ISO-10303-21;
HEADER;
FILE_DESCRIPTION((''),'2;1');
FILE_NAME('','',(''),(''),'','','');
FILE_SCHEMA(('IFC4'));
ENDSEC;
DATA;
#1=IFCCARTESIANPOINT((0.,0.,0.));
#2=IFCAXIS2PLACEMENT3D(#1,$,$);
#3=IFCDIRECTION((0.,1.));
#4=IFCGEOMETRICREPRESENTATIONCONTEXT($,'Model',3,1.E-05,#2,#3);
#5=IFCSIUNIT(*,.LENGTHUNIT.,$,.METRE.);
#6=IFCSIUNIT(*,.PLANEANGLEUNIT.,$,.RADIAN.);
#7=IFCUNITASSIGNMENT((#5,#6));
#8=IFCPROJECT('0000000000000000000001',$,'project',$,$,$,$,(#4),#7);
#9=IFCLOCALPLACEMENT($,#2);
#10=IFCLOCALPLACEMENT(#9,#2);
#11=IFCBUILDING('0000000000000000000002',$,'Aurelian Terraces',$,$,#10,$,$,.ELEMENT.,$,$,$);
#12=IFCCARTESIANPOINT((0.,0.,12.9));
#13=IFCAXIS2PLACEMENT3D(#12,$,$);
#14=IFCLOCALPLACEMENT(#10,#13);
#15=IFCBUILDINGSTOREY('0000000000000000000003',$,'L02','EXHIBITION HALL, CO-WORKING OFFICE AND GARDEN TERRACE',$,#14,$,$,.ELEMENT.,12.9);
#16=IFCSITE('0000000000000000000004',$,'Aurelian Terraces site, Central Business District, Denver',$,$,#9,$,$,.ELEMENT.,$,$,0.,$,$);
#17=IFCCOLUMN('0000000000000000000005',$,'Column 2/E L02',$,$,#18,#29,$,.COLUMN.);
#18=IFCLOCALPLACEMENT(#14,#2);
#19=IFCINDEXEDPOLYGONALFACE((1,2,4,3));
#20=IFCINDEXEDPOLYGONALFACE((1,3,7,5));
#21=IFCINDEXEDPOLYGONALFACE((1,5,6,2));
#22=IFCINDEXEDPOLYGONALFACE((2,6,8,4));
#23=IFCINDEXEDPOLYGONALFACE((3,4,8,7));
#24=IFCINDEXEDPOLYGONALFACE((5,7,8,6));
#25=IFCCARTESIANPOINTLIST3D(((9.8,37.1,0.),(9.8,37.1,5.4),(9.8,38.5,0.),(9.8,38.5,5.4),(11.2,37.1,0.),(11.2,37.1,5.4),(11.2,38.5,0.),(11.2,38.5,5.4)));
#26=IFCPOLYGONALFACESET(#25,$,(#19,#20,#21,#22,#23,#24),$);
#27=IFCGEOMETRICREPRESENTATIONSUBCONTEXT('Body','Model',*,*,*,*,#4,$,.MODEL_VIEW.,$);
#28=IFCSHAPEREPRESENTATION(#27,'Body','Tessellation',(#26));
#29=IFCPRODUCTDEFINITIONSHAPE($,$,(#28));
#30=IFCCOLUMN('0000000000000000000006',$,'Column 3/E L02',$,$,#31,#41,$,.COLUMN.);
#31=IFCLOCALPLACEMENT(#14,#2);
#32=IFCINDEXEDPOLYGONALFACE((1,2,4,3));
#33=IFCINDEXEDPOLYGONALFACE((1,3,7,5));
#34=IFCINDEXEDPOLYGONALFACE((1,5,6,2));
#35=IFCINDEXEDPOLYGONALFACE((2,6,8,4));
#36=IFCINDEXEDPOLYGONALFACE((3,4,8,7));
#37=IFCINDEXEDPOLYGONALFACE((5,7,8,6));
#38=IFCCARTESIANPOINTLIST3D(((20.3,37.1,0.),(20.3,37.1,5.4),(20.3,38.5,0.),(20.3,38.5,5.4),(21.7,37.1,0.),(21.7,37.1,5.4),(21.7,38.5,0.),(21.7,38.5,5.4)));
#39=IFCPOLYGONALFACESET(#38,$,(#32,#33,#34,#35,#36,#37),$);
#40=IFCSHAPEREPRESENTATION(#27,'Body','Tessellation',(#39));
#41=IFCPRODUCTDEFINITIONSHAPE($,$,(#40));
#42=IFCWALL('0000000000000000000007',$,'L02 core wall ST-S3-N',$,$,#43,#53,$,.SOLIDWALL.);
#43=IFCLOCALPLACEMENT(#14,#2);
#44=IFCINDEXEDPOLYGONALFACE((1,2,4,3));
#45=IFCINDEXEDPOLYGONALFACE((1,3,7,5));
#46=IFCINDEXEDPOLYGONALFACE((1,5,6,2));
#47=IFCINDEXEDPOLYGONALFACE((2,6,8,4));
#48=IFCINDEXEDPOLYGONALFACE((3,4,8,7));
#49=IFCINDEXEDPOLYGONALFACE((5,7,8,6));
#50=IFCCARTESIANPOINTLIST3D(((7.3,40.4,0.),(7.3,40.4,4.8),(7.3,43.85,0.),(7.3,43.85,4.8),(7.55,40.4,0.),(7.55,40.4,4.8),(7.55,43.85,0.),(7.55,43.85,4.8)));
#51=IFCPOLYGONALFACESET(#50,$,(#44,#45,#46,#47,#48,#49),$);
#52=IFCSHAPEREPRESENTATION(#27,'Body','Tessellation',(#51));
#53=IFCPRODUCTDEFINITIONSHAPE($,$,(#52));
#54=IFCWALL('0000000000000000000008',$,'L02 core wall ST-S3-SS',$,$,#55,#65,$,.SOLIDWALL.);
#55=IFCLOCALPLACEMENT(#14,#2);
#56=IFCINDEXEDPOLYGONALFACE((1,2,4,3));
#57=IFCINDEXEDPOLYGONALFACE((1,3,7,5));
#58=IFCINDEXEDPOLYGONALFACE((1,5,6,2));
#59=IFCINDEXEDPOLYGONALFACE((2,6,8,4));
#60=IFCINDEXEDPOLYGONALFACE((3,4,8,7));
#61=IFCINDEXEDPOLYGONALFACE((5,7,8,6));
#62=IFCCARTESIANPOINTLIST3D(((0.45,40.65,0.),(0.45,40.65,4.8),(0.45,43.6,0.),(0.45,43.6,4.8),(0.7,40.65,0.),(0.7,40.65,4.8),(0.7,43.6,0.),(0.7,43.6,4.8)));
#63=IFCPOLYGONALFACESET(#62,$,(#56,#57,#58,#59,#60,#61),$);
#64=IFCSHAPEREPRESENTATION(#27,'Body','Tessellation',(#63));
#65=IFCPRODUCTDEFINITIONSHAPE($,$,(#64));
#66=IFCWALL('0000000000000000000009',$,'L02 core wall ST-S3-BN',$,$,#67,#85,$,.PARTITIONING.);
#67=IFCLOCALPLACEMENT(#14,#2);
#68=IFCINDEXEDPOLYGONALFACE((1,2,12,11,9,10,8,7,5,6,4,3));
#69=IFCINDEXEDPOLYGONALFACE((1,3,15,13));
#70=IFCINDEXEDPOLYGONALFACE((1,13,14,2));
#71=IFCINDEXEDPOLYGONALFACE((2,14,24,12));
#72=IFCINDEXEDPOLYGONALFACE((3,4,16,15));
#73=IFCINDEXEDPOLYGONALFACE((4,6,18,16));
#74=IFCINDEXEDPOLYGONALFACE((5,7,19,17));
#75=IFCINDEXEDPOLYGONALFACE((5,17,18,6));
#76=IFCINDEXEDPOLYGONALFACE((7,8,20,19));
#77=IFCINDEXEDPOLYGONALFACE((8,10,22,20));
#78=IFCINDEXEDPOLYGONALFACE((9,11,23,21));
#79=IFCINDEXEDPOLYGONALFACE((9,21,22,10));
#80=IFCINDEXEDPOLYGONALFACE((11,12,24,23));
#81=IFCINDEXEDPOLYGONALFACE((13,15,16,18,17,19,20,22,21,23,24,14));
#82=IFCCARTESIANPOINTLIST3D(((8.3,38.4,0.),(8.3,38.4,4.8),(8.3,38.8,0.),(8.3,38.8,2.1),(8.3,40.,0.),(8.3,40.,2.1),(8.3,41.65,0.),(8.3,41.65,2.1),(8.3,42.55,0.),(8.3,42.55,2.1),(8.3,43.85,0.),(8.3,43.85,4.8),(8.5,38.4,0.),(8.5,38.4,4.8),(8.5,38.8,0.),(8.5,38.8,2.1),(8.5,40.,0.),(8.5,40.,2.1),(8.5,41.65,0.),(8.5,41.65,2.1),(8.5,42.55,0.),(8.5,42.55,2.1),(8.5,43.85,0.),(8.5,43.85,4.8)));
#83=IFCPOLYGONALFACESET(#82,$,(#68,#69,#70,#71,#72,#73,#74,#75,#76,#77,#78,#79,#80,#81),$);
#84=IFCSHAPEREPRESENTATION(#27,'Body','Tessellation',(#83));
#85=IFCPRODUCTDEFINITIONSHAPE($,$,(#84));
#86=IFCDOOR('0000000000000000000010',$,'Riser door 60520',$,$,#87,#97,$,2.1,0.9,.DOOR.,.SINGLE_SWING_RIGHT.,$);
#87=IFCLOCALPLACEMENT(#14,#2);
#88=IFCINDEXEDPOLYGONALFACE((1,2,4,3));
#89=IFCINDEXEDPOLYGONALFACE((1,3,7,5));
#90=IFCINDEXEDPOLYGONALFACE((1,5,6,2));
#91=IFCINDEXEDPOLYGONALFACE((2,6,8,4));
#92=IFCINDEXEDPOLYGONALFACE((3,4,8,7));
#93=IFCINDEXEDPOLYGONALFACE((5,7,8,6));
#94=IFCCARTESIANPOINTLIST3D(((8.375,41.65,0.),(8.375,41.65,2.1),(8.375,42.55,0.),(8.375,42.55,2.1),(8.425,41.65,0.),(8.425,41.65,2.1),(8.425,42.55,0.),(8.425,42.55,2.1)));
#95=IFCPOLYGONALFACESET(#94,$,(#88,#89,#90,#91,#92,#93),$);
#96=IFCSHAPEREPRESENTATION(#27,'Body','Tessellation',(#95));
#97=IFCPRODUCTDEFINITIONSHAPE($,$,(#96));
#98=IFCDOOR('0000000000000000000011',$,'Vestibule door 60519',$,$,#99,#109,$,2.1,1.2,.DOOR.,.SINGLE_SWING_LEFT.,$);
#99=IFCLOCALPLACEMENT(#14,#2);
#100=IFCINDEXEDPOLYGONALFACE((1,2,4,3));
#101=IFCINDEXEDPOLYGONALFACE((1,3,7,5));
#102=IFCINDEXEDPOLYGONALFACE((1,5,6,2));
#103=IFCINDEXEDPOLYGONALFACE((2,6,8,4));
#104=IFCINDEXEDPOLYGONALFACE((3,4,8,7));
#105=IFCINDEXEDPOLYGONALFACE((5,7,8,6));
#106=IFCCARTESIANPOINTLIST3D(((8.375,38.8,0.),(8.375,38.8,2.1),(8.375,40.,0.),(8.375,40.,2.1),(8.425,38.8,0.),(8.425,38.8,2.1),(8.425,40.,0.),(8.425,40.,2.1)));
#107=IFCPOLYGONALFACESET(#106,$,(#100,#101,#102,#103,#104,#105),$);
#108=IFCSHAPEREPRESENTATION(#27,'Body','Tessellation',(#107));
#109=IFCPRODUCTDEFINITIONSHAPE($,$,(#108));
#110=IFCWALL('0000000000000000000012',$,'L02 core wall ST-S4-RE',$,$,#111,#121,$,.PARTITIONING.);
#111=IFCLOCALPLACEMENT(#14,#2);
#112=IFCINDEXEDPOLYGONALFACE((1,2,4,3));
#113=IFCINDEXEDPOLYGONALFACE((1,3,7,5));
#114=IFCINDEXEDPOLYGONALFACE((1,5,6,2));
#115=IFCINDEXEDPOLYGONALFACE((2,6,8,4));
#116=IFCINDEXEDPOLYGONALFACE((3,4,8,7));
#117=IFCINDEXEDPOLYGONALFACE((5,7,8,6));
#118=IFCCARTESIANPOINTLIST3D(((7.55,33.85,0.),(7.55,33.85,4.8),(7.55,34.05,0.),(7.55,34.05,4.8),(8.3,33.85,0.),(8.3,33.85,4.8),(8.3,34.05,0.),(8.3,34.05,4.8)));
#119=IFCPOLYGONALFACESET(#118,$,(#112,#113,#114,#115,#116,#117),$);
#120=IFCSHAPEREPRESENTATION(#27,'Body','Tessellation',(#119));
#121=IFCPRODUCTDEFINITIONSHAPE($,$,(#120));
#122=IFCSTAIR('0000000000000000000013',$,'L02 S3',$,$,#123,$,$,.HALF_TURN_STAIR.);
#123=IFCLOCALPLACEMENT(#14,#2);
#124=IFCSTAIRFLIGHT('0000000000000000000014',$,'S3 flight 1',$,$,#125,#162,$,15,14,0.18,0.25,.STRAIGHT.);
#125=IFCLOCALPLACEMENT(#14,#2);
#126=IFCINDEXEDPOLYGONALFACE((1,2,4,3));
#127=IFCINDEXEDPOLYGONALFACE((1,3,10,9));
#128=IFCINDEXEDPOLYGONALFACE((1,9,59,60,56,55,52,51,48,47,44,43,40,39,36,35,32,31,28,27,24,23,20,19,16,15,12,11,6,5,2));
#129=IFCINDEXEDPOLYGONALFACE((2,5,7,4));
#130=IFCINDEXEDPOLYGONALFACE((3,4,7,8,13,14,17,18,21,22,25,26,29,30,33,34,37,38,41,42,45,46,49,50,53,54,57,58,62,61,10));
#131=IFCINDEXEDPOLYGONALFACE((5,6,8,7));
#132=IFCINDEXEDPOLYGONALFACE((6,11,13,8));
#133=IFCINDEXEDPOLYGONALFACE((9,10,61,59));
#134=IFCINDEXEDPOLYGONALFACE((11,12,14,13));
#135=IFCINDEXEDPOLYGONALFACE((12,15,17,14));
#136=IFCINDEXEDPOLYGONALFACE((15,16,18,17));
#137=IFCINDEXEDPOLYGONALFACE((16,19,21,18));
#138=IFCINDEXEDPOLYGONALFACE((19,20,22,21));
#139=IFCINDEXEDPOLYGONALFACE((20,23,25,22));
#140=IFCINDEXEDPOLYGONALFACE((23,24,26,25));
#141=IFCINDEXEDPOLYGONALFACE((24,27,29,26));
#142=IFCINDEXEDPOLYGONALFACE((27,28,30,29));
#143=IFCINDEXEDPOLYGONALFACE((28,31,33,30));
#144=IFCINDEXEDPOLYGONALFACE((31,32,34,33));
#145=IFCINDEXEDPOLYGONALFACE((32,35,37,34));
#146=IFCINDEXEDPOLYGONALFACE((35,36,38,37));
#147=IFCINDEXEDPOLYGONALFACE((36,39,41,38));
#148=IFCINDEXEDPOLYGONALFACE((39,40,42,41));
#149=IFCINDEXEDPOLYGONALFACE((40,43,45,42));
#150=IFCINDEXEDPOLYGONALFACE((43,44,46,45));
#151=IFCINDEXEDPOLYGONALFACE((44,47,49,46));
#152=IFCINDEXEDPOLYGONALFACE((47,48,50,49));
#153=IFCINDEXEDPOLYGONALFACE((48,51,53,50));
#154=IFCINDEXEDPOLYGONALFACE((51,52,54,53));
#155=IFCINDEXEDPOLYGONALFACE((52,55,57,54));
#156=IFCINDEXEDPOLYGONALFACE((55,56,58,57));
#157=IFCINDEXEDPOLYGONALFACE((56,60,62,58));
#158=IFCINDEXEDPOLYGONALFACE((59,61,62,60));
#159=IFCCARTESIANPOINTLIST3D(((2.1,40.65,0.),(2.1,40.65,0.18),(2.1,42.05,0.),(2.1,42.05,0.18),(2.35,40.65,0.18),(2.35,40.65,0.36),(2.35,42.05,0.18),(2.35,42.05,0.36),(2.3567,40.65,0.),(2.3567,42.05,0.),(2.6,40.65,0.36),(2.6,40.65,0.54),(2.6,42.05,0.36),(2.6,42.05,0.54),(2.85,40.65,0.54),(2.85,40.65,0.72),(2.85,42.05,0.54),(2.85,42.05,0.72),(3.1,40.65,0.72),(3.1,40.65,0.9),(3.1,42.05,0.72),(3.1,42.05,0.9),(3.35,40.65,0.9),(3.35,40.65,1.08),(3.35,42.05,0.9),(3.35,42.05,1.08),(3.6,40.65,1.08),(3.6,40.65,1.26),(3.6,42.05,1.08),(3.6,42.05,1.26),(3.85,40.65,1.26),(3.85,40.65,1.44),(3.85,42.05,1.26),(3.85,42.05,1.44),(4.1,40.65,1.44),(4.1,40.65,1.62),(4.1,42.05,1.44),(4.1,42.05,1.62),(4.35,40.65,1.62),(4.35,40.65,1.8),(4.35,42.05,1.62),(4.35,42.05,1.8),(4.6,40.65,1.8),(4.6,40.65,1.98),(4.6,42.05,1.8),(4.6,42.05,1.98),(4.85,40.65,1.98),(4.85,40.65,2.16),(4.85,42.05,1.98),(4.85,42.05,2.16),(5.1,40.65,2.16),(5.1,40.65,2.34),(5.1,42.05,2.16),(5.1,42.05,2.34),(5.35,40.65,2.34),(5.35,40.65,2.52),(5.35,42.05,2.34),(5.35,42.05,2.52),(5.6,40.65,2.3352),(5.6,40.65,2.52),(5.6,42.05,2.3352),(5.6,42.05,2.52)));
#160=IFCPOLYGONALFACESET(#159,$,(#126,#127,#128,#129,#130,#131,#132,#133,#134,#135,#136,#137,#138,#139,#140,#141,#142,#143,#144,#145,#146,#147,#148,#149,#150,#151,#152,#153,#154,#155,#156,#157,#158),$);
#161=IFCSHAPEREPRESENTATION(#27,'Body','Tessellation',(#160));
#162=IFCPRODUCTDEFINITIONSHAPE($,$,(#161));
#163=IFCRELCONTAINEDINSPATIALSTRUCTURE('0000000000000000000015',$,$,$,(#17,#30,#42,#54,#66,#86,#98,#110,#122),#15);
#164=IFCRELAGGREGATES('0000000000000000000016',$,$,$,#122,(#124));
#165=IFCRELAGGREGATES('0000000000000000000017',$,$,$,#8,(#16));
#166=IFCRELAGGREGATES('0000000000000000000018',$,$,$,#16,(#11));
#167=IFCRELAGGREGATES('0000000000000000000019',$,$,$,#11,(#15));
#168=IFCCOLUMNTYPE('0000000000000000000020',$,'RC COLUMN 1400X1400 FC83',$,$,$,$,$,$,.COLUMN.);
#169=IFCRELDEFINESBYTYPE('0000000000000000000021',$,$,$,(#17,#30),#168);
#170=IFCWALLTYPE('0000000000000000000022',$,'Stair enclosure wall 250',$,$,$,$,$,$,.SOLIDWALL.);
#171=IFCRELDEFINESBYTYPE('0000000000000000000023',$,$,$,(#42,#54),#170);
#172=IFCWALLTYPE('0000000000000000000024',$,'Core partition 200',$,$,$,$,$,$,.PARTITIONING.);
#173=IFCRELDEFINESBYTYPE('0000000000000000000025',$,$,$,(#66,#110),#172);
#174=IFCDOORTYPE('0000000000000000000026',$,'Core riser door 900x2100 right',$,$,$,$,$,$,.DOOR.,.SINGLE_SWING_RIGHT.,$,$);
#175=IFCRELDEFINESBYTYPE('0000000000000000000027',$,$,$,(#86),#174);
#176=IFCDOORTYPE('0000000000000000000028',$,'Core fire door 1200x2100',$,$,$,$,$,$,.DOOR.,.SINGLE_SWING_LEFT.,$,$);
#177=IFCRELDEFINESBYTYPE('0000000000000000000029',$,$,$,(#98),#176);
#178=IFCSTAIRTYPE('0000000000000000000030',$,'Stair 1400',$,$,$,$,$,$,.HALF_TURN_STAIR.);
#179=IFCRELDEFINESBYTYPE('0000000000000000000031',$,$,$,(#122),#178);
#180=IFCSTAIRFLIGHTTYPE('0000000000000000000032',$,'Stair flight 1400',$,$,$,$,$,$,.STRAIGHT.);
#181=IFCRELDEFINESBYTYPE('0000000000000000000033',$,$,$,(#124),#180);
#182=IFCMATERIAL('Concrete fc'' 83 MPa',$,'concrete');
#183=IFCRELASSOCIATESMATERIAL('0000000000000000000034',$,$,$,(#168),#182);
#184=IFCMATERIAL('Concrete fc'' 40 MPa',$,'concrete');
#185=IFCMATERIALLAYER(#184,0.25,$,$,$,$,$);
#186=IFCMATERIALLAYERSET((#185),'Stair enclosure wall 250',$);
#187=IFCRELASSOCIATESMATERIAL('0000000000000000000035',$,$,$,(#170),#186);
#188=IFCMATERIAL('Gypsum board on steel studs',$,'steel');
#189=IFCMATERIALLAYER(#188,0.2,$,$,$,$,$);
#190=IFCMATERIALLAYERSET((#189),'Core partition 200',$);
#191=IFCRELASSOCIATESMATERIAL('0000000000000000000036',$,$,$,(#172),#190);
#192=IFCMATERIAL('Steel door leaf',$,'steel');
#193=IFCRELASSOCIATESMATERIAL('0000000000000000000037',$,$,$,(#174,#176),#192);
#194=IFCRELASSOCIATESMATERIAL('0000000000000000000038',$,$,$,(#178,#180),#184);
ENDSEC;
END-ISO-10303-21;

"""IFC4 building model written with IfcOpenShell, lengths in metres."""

from ifc_helpers import new_model, si_unit, direction, frame, frame_2d, origin, origin_2d, place, context, subcontext, project, spatial, polyline, rectangle, outline, extrude, source, transform, mapped, material, layer, layer_set, material_profile, profile_set, type_object, element, fill, aggregate, save


model = new_model("IFC4")

# Units and contexts
model_context = context("Model", 3, precision=1e-05, world=origin(), true_north=direction((0.0, 1.0)))
body_context = subcontext(model_context, "Body", "Model", "MODEL_VIEW")
ifc_project = project(units=[si_unit("LENGTHUNIT", "METRE"), si_unit("PLANEANGLEUNIT", "RADIAN")], contexts=[model_context])

# Site, building, storey
site_placement = place(None, origin())
site = spatial("IfcSite", under=ifc_project, at=site_placement, Name="Aurelian Terraces site, Central Business District, Denver", CompositionType="ELEMENT", RefElevation=0.0)
building_placement = place(site_placement, origin())
building = spatial("IfcBuilding", under=site, at=building_placement, Name="Aurelian Terraces", CompositionType="ELEMENT")
storey_placement = place(building_placement, frame((0.0, 0.0, 12.9)))
storey = spatial("IfcBuildingStorey", under=building, at=storey_placement, Name="L02", Description="EXHIBITION HALL, CO-WORKING OFFICE AND GARDEN TERRACE", CompositionType="ELEMENT", Elevation=12.9)

# Columns
ifc_material_1 = material(Name="Concrete fc' 83 MPa", Category="concrete")
ifc_material_profile = material_profile(ifc_material_1, rectangle(XDim=1.4, YDim=1.4, at=origin_2d()))
ifc_profile_set = profile_set([ifc_material_profile], Name="Concrete fc' 83 MPa")
column_type = type_object("IfcColumnType", Name="RC COLUMN 1400X1400 FC83", PredefinedType="COLUMN", material=ifc_profile_set)
shared_shape_1 = source(origin(), body_context, "Body", "SweptSolid", [
    extrude(rectangle(XDim=1.4, YDim=1.4, at=origin_2d()), origin(), (0.0, 0.0, 1.0), 5.4),
])
for number, where, z_axis, x_axis, name in (
    (1, (10.5, 37.8, 0.0), (0.0, 0.0, 1.0), (1.0, 0.0, 0.0), "Column 2/E L02"),
    (2, (21.0, 37.8, 0.0), (0.0, 0.0, 1.0), (1.0, 0.0, 0.0), "Column 3/E L02"),
):
    element("IfcColumn", number, at=place(storey_placement, frame(where, z_axis=z_axis, x_axis=x_axis)), inside=storey, type_object=column_type, Name=name, PredefinedType="COLUMN", context=body_context, shape_type="MappedRepresentation", body=[
        mapped(shared_shape_1, transform((0.0, 0.0, 0.0), scale=1.0)),
    ])

# Walls
ifc_material_2 = material(Name="Concrete fc' 40 MPa", Category="concrete")
ifc_layer_1 = layer(ifc_material_2, 0.25)
ifc_layer_set_1 = layer_set([ifc_layer_1], Name="Stair enclosure wall 250")
wall_type_1 = type_object("IfcWallType", Name="Stair enclosure wall 250", PredefinedType="SOLIDWALL", material=ifc_layer_set_1)
shared_shape_2 = source(origin(), body_context, "Body", "SweptSolid", [
    extrude(rectangle(XDim=3.45, YDim=0.25, at=frame_2d((1.725, 0.0))), origin(), (0.0, 0.0, 1.0), 4.8),
])
wall_1_placement = place(storey_placement, frame((7.425, 40.4, 0.0), z_axis=(0.0, 0.0, 1.0), x_axis=(0.0, 1.0, 0.0)))
element("IfcWall", 3, at=wall_1_placement, inside=storey, type_object=wall_type_1, Name="L02 core wall ST-S3-N", PredefinedType="SOLIDWALL", context=body_context, shape_type="MappedRepresentation", body=[
    mapped(shared_shape_2, transform((0.0, 0.0, 0.0), scale=1.0)),
])
shared_shape_3 = source(origin(), body_context, "Body", "SweptSolid", [
    extrude(rectangle(XDim=2.95, YDim=0.25, at=frame_2d((1.475, 0.0))), origin(), (0.0, 0.0, 1.0), 4.8),
])
wall_2_placement = place(storey_placement, frame((0.575, 40.65, 0.0), z_axis=(0.0, 0.0, 1.0), x_axis=(0.0, 1.0, 0.0)))
element("IfcWall", 4, at=wall_2_placement, inside=storey, type_object=wall_type_1, Name="L02 core wall ST-S3-SS", PredefinedType="SOLIDWALL", context=body_context, shape_type="MappedRepresentation", body=[
    mapped(shared_shape_3, transform((0.0, 0.0, 0.0), scale=1.0)),
])

# Wall, openings, doors
ifc_material_3 = material(Name="Gypsum board on steel studs", Category="steel")
ifc_layer_2 = layer(ifc_material_3, 0.2)
ifc_layer_set_2 = layer_set([ifc_layer_2], Name="Core partition 200")
wall_type_2 = type_object("IfcWallType", Name="Core partition 200", PredefinedType="PARTITIONING", material=ifc_layer_set_2)
shared_shape_4 = source(origin(), body_context, "Body", "SweptSolid", [
    extrude(rectangle(XDim=5.45, YDim=0.2, at=frame_2d((2.725, 0.0))), origin(), (0.0, 0.0, 1.0), 4.8),
])
wall_3_placement = place(storey_placement, frame((8.4, 38.4, 0.0), z_axis=(0.0, 0.0, 1.0), x_axis=(0.0, 1.0, 0.0)))
wall_3 = element("IfcWall", 5, at=wall_3_placement, inside=storey, type_object=wall_type_2, Name="L02 core wall ST-S3-BN", PredefinedType="PARTITIONING", context=body_context, shape_type="MappedRepresentation", body=[
    mapped(shared_shape_4, transform((0.0, 0.0, 0.0), scale=1.0)),
])
shared_shape_5 = source(origin(), body_context, "Body", "SweptSolid", [
    extrude(rectangle(XDim=1.2, YDim=2.1, at=frame_2d((0.6, 1.05))), frame((0.0, 0.11, 0.0), z_axis=(0.0, -1.0, 0.0), x_axis=(1.0, 0.0, 0.0)), (0.0, 0.0, 1.0), 0.22),
])
opening_1_placement = place(wall_3_placement, frame((0.4, 0.0, 0.0)))
opening_1 = element("IfcOpeningElement", 6, at=opening_1_placement, cuts=wall_3, PredefinedType="OPENING", context=body_context, shape_type="MappedRepresentation", body=[
    mapped(shared_shape_5, transform((0.0, 0.0, 0.0), scale=1.0)),
])
shared_shape_6 = source(origin(), body_context, "Body", "SweptSolid", [
    extrude(rectangle(XDim=0.9, YDim=2.1, at=frame_2d((0.45, 1.05))), frame((0.0, 0.11, 0.0), z_axis=(0.0, -1.0, 0.0), x_axis=(1.0, 0.0, 0.0)), (0.0, 0.0, 1.0), 0.22),
])
opening_2_placement = place(wall_3_placement, frame((3.25, 0.0, 0.0)))
opening_2 = element("IfcOpeningElement", 7, at=opening_2_placement, cuts=wall_3, PredefinedType="OPENING", context=body_context, shape_type="MappedRepresentation", body=[
    mapped(shared_shape_6, transform((0.0, 0.0, 0.0), scale=1.0)),
])
ifc_material_4 = material(Name="Steel door leaf", Category="steel")
door_type_1 = type_object("IfcDoorType", Name="Core riser door 900x2100 right", OperationType="SINGLE_SWING_RIGHT", PredefinedType="DOOR", material=ifc_material_4)
shared_shape_7 = source(origin(), body_context, "Body", "SweptSolid", [
    extrude(rectangle(XDim=0.9, YDim=2.1, at=frame_2d((0.45, 1.05))), frame((0.0, 0.025, 0.0), z_axis=(0.0, -1.0, 0.0), x_axis=(1.0, 0.0, 0.0)), (0.0, 0.0, 1.0), 0.05),
])
door_1_placement = place(opening_2_placement, origin())
door_1 = element("IfcDoor", 8, at=door_1_placement, inside=storey, type_object=door_type_1, Name="Riser door 60520", OperationType="SINGLE_SWING_RIGHT", OverallHeight=2.1, OverallWidth=0.9, PredefinedType="DOOR", context=body_context, shape_type="MappedRepresentation", body=[
    mapped(shared_shape_7, transform((0.0, 0.0, 0.0), scale=1.0)),
])
fill(opening_2, door_1)
door_type_2 = type_object("IfcDoorType", Name="Core fire door 1200x2100", OperationType="SINGLE_SWING_LEFT", PredefinedType="DOOR", material=ifc_material_4)
shared_shape_8 = source(origin(), body_context, "Body", "SweptSolid", [
    extrude(rectangle(XDim=1.2, YDim=2.1, at=frame_2d((0.6, 1.05))), frame((0.0, 0.025, 0.0), z_axis=(0.0, -1.0, 0.0), x_axis=(1.0, 0.0, 0.0)), (0.0, 0.0, 1.0), 0.05),
])
door_2_placement = place(opening_1_placement, origin())
door_2 = element("IfcDoor", 9, at=door_2_placement, inside=storey, type_object=door_type_2, Name="Vestibule door 60519", OperationType="SINGLE_SWING_LEFT", OverallHeight=2.1, OverallWidth=1.2, PredefinedType="DOOR", context=body_context, shape_type="MappedRepresentation", body=[
    mapped(shared_shape_8, transform((0.0, 0.0, 0.0), scale=1.0)),
])
fill(opening_1, door_2)

# Wall
shared_shape_9 = source(origin(), body_context, "Body", "SweptSolid", [
    extrude(rectangle(XDim=0.75, YDim=0.2, at=frame_2d((0.375, 0.0))), origin(), (0.0, 0.0, 1.0), 4.8),
])
wall_4_placement = place(storey_placement, frame((7.55, 33.95, 0.0), z_axis=(0.0, 0.0, 1.0), x_axis=(1.0, 0.0, 0.0)))
element("IfcWall", 10, at=wall_4_placement, inside=storey, type_object=wall_type_2, Name="L02 core wall ST-S4-RE", PredefinedType="PARTITIONING", context=body_context, shape_type="MappedRepresentation", body=[
    mapped(shared_shape_9, transform((0.0, 0.0, 0.0), scale=1.0)),
])

# Stair, stair flight
stair_type = type_object("IfcStairType", Name="Stair 1400", PredefinedType="HALF_TURN_STAIR", material=ifc_material_2)
stair_1_placement = place(storey_placement, origin())
stair_1 = element("IfcStair", 11, at=stair_1_placement, inside=storey, type_object=stair_type, Name="L02 S3", PredefinedType="HALF_TURN_STAIR")
stair_flight_type = type_object("IfcStairFlightType", Name="Stair flight 1400", PredefinedType="STRAIGHT", material=ifc_material_2)
shared_shape_10 = source(origin(), body_context, "Body", "SweptSolid", [
    extrude(outline(polyline([(0.0, 0.0), (0.0, 0.18), (0.25, 0.18), (0.25, 0.36), (0.5, 0.36), (0.5, 0.54), (0.75, 0.54), (0.75, 0.72), (1.0, 0.72), (1.0, 0.9), (1.25, 0.9), (1.25, 1.08), (1.5, 1.08), (1.5, 1.26), (1.75, 1.26), (1.75, 1.44), (2.0, 1.44), (2.0, 1.62), (2.25, 1.62), (2.25, 1.8), (2.5, 1.8), (2.5, 1.98), (2.75, 1.98), (2.75, 2.16), (3.0, 2.16), (3.0, 2.34), (3.25, 2.34), (3.25, 2.52), (3.5, 2.52), (3.5, 2.7), (3.5, 2.3352), (0.2567, 0.0), (0.0, 0.0)])), frame((0.0, 0.7, 0.0), z_axis=(0.0, -1.0, 0.0), x_axis=(1.0, 0.0, 0.0)), (0.0, 0.0, 1.0), 1.4),
])
stair_flight_1_placement = place(storey_placement, frame((2.1, 41.35, 0.0), z_axis=(0.0, 0.0, 1.0), x_axis=(1.0, 0.0, 0.0)))
stair_flight_1 = element("IfcStairFlight", 12, at=stair_flight_1_placement, type_object=stair_flight_type, Name="S3 flight 1", NumberOfRisers=15, NumberOfTreads=14, PredefinedType="STRAIGHT", RiserHeight=0.18, TreadLength=0.25, context=body_context, shape_type="MappedRepresentation", body=[
    mapped(shared_shape_10, transform((0.0, 0.0, 0.0), scale=1.0)),
])
aggregate(stair_1, [stair_flight_1])

save(model, "model.ifc")
